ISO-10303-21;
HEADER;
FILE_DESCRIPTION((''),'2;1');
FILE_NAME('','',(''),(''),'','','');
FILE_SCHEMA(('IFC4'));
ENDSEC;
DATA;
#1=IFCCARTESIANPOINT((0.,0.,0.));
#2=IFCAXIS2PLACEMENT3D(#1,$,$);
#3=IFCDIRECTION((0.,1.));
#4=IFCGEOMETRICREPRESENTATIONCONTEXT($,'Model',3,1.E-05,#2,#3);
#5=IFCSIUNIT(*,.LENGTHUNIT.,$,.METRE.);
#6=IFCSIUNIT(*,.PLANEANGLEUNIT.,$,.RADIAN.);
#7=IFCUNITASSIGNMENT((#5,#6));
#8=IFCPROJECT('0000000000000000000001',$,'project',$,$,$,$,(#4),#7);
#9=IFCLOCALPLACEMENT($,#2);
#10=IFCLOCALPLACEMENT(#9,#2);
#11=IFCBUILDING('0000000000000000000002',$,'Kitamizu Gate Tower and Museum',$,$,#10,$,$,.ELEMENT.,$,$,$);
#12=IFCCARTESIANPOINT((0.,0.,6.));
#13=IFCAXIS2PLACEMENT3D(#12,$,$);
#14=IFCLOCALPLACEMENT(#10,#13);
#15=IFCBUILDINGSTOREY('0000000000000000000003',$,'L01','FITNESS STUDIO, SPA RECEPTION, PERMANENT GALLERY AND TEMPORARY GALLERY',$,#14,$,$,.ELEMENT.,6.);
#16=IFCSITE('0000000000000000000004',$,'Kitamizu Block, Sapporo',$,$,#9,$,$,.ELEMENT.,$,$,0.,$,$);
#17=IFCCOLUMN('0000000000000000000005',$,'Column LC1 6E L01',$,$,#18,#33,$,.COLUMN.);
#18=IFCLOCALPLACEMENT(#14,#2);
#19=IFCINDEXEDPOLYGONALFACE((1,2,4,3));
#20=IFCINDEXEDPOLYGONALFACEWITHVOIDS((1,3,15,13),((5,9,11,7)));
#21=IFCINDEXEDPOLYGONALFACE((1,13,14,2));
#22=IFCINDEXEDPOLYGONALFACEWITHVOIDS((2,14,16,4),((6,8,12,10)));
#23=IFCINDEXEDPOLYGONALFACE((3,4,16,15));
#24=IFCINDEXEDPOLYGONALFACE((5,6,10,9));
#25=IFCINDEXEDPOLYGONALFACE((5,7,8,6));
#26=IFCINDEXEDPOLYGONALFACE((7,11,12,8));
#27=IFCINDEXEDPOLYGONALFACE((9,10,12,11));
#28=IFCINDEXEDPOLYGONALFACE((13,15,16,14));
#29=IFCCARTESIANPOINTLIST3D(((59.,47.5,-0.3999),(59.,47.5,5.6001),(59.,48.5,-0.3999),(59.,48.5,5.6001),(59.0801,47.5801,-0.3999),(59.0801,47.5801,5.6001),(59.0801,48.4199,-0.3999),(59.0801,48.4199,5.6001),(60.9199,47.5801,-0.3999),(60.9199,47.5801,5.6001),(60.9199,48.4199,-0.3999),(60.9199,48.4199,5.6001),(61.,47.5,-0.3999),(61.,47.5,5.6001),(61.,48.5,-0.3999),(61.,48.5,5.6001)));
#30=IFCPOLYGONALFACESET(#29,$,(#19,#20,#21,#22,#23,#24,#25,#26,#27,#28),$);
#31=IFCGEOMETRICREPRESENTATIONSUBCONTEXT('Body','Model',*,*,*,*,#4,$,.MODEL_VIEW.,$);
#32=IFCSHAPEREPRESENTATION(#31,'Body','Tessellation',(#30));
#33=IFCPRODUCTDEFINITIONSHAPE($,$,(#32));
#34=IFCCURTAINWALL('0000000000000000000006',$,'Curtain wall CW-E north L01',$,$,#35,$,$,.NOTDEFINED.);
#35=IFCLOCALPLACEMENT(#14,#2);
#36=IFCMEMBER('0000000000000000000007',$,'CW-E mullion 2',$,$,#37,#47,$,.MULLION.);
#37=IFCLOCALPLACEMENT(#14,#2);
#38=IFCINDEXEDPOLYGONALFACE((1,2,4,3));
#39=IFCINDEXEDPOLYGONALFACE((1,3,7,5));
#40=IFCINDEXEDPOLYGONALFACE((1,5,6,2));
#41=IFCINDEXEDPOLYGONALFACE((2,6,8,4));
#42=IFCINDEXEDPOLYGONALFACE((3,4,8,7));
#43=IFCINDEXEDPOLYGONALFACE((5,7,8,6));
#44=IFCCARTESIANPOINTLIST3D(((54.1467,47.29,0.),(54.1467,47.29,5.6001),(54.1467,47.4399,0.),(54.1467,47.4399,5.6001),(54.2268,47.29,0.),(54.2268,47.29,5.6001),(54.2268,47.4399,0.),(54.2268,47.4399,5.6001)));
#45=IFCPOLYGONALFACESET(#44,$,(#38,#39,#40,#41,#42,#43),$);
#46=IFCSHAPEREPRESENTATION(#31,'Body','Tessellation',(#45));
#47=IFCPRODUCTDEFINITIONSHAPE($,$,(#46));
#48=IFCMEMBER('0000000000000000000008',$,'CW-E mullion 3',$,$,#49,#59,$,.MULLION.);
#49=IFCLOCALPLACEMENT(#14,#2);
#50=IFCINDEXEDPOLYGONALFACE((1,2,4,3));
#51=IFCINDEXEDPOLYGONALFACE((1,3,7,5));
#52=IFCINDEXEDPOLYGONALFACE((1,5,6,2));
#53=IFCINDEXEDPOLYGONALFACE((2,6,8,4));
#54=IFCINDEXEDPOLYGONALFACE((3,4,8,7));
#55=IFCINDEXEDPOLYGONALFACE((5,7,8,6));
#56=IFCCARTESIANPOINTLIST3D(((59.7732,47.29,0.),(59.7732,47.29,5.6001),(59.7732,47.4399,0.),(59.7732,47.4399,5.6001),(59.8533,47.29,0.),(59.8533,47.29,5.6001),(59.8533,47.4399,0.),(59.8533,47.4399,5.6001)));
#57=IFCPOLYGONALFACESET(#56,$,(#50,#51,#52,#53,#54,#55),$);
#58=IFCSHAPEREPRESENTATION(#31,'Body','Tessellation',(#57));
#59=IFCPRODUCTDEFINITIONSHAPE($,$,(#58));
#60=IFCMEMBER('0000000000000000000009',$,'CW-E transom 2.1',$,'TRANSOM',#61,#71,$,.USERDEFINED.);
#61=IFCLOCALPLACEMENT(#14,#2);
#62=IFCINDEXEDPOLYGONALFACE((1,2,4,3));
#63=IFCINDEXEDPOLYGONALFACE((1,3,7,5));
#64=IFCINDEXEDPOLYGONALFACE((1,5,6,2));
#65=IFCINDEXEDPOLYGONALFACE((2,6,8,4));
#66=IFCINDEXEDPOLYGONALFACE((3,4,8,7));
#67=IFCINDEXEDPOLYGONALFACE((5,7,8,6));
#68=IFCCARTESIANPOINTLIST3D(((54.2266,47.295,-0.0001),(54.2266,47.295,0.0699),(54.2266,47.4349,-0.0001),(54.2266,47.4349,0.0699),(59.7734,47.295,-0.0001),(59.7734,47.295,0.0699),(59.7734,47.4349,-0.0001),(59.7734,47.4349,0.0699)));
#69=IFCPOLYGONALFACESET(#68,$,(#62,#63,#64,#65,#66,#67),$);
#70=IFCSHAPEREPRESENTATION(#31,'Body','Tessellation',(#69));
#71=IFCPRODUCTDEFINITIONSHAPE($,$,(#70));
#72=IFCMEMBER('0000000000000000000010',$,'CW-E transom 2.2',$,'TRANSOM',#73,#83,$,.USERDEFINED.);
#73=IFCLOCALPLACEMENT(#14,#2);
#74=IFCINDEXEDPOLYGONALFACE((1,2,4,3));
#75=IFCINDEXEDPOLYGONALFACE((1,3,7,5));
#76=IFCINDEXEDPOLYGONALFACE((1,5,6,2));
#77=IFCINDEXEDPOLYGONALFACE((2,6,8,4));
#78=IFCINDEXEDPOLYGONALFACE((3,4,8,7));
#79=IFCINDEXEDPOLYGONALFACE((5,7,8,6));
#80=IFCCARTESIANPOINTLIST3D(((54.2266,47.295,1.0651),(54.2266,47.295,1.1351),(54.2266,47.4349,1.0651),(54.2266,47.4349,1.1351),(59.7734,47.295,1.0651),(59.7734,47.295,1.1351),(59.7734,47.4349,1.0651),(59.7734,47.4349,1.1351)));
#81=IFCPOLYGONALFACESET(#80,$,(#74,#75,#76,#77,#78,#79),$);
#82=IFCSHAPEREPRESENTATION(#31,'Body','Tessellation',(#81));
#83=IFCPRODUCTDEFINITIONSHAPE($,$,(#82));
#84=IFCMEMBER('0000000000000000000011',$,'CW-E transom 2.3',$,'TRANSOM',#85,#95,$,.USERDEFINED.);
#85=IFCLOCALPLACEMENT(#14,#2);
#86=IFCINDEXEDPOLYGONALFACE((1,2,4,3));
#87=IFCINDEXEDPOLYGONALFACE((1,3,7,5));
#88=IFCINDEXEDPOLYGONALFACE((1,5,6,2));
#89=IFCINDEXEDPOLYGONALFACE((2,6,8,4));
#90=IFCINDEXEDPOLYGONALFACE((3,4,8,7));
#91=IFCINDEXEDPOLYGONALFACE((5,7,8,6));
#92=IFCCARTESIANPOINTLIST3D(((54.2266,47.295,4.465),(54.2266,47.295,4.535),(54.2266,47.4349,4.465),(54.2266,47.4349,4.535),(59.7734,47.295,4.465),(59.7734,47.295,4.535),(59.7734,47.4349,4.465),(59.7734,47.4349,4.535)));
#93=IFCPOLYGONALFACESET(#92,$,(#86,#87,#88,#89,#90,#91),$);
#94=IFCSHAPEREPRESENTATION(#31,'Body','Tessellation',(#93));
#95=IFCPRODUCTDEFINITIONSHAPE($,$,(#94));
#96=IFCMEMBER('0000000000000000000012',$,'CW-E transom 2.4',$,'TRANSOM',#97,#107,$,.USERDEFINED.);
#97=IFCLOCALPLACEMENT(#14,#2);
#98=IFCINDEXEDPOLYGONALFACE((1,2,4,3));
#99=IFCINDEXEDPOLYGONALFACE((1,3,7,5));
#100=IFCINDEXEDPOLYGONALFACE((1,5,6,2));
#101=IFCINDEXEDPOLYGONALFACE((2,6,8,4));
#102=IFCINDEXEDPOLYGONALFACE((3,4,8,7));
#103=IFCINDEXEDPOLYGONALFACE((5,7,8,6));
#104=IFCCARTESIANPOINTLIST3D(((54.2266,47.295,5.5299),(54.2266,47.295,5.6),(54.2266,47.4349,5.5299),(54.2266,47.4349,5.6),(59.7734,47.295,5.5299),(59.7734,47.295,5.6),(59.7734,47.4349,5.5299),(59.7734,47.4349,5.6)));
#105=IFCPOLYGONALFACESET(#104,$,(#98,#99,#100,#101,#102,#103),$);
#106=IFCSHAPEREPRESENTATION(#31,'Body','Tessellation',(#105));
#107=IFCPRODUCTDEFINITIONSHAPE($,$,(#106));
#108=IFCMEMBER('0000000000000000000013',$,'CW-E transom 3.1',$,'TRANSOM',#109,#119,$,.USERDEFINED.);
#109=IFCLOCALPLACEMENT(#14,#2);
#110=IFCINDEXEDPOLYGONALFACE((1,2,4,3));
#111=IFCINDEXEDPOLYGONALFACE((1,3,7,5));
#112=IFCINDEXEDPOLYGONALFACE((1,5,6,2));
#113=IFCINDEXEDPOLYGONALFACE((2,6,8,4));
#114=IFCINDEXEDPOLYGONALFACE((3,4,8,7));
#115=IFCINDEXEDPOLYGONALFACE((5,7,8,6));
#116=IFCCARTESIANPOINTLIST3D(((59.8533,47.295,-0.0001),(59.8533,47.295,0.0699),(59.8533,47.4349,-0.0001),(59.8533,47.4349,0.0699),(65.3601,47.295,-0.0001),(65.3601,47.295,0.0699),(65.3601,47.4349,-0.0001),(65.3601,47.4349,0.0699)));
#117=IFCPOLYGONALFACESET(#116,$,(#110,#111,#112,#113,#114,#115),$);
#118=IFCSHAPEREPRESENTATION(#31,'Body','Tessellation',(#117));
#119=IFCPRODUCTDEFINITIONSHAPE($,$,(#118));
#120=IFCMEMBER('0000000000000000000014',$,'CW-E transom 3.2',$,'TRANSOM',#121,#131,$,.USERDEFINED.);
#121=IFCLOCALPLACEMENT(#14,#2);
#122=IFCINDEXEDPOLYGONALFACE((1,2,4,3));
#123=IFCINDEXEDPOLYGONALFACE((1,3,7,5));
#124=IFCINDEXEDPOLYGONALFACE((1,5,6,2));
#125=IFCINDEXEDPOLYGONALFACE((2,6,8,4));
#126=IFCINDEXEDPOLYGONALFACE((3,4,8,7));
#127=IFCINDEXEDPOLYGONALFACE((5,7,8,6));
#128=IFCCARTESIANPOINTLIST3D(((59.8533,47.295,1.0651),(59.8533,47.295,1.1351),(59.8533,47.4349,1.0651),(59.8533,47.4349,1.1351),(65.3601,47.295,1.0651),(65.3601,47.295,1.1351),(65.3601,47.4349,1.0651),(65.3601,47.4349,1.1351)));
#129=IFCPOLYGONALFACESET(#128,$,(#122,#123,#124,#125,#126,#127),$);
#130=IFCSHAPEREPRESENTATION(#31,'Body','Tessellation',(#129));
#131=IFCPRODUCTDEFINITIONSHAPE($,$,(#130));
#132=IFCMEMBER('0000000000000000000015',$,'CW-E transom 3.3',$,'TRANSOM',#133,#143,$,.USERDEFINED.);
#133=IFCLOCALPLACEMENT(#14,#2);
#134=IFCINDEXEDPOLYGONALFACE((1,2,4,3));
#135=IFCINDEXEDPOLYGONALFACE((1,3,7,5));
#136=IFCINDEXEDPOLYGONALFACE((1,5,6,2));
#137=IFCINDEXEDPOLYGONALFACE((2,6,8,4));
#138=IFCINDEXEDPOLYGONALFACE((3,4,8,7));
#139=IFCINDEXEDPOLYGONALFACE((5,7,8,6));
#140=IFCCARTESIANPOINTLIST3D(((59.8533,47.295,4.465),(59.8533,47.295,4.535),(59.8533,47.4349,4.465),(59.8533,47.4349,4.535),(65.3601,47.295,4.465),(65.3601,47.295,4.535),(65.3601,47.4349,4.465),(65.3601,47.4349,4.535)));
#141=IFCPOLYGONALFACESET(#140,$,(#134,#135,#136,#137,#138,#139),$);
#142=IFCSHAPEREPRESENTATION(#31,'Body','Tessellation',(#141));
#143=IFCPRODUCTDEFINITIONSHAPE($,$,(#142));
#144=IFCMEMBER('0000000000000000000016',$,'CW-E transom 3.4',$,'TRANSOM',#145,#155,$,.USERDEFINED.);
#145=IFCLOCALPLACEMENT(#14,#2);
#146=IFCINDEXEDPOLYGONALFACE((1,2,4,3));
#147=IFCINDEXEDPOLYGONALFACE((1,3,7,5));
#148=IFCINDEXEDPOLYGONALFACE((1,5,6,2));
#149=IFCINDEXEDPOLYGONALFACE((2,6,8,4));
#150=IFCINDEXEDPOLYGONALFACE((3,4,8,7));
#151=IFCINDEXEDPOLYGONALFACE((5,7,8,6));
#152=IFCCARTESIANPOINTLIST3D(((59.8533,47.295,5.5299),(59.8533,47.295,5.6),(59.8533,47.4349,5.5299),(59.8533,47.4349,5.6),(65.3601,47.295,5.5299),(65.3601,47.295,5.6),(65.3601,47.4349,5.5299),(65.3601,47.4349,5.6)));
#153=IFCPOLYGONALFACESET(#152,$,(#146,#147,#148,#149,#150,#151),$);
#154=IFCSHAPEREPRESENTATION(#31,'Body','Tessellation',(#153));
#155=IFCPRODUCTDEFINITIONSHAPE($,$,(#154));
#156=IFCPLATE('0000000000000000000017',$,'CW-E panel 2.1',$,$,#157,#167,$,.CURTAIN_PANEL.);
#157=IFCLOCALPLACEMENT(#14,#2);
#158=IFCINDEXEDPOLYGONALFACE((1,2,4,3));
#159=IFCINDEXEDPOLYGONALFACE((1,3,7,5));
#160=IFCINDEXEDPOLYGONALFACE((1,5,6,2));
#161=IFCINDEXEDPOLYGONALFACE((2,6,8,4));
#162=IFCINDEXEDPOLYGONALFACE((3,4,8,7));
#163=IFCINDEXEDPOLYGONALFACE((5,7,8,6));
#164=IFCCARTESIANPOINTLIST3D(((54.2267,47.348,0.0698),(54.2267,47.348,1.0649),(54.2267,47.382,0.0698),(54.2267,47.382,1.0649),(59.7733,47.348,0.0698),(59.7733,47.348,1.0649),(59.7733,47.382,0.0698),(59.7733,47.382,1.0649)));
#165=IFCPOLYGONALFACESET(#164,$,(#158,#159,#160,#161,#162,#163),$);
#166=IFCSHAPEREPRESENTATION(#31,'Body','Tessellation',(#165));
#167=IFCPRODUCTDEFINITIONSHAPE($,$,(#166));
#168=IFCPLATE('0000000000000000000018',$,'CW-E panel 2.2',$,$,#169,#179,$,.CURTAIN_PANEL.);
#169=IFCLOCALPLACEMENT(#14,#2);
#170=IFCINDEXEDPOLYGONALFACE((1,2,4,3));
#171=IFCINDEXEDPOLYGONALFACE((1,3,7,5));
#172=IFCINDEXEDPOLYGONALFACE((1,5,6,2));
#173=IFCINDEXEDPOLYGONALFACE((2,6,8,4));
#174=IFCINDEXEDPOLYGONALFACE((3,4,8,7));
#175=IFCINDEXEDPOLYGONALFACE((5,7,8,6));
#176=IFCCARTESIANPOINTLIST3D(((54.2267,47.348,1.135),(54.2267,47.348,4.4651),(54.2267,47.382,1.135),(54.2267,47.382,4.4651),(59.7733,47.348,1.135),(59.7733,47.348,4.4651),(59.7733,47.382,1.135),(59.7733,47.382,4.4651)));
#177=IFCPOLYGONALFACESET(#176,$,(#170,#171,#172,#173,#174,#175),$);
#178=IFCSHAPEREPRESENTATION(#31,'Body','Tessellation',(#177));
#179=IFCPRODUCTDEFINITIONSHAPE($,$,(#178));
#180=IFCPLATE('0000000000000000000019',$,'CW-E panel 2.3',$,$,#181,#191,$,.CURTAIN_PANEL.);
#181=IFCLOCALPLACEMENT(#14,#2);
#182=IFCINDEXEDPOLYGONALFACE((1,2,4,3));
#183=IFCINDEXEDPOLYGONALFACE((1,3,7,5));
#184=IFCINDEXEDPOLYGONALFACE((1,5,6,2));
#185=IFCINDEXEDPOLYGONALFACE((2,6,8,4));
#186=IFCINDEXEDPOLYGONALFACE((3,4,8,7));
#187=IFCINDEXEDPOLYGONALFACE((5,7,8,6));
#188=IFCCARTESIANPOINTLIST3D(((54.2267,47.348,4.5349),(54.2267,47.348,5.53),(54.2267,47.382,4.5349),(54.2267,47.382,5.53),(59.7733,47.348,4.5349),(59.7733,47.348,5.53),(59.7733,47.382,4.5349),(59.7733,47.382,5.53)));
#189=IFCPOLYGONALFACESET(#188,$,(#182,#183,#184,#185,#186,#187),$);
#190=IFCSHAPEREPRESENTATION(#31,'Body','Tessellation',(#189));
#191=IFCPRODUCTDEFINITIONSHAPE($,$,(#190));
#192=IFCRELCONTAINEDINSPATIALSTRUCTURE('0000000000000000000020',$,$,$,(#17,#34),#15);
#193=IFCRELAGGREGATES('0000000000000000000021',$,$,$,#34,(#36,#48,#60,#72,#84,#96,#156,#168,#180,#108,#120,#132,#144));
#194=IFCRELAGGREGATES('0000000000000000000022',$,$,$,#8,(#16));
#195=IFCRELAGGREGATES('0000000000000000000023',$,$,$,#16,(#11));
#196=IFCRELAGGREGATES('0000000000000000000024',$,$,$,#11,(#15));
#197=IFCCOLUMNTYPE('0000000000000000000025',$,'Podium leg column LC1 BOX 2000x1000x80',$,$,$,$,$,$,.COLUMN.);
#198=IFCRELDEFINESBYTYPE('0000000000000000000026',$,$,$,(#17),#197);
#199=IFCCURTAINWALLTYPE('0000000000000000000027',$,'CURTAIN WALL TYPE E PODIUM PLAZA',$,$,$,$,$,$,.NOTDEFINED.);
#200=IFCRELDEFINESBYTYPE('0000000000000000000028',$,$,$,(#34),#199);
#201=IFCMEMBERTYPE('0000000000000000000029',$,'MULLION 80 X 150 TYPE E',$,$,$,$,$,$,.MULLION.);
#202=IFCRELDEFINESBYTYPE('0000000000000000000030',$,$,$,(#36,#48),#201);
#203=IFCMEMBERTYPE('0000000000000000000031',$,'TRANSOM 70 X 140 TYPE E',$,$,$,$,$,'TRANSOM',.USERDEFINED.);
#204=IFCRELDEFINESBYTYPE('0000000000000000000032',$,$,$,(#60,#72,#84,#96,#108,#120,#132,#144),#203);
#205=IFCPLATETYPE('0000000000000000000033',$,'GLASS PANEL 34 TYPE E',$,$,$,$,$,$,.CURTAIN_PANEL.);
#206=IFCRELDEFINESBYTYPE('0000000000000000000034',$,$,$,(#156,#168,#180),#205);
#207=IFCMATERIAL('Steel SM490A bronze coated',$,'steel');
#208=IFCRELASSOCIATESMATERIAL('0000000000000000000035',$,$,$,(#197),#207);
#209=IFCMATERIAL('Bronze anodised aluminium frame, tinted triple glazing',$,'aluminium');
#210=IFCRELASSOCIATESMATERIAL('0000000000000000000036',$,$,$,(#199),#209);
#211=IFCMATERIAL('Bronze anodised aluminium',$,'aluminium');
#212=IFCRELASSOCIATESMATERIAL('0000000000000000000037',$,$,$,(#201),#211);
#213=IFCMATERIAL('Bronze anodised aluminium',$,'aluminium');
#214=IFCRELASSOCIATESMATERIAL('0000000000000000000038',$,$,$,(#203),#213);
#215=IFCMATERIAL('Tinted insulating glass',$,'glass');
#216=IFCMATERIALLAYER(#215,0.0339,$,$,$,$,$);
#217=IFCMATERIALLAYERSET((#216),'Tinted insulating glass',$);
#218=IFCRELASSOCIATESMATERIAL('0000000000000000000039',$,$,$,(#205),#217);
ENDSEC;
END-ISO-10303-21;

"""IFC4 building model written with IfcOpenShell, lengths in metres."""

from ifc_helpers import new_model, si_unit, direction, frame, origin, origin_2d, place, context, subcontext, project, spatial, rectangle, hollow_rectangle, extrude, material, layer, layer_set, material_profile, profile_set, type_object, element, aggregate, save


model = new_model("IFC4")

# Units and contexts
model_context = context("Model", 3, precision=1e-05, world=origin(), true_north=direction((0.0, 1.0)))
body_context = subcontext(model_context, "Body", "Model", "MODEL_VIEW")
ifc_project = project(units=[si_unit("LENGTHUNIT", "METRE"), si_unit("PLANEANGLEUNIT", "RADIAN")], contexts=[model_context])

# Site, building, storey
site_placement = place(None, origin())
site = spatial("IfcSite", under=ifc_project, at=site_placement, Name="Kitamizu Block, Sapporo", CompositionType="ELEMENT", RefElevation=0.0)
building_placement = place(site_placement, origin())
building = spatial("IfcBuilding", under=site, at=building_placement, Name="Kitamizu Gate Tower and Museum", CompositionType="ELEMENT")
storey_placement = place(building_placement, frame((0.0, 0.0, 6.0)))
storey = spatial("IfcBuildingStorey", under=building, at=storey_placement, Name="L01", Description="FITNESS STUDIO, SPA RECEPTION, PERMANENT GALLERY AND TEMPORARY GALLERY", CompositionType="ELEMENT", Elevation=6.0)

# Column
ifc_material_1 = material(Name="Steel SM490A bronze coated", Category="steel")
ifc_material_profile_1 = material_profile(ifc_material_1, hollow_rectangle(XDim=2.0, YDim=1.0, WallThickness=0.0801, at=origin_2d()), Name="BOX 2000x1000x80")
ifc_profile_set_1 = profile_set([ifc_material_profile_1], Name="Steel SM490A bronze coated")
column_type = type_object("IfcColumnType", Name="Podium leg column LC1 BOX 2000x1000x80", PredefinedType="COLUMN", material=ifc_profile_set_1)
column_placement = place(storey_placement, frame((60.0, 48.0, -0.3999), z_axis=(0.0, 0.0, 1.0), x_axis=(1.0, 0.0, 0.0)))
element("IfcColumn", 1, at=column_placement, inside=storey, type_object=column_type, Name="Column LC1 6E L01", PredefinedType="COLUMN", context=body_context, shape_type="SweptSolid", body=[
    extrude(hollow_rectangle(XDim=2.0, YDim=1.0, WallThickness=0.0801, at=origin_2d()), origin(), (0.0, 0.0, 1.0), 6.0),
])

# Curtain wall, members, plates
ifc_material_2 = material(Name="Bronze anodised aluminium frame, tinted triple glazing", Category="aluminium")
curtain_wall_type = type_object("IfcCurtainWallType", Name="CURTAIN WALL TYPE E PODIUM PLAZA", PredefinedType="NOTDEFINED", material=ifc_material_2)
curtain_wall_placement = place(storey_placement, origin())
curtain_wall = element("IfcCurtainWall", 2, at=curtain_wall_placement, inside=storey, type_object=curtain_wall_type, Name="Curtain wall CW-E north L01", PredefinedType="NOTDEFINED")
ifc_material_3 = material(Name="Bronze anodised aluminium", Category="aluminium")
ifc_material_profile_2 = material_profile(ifc_material_3, rectangle(XDim=0.0801, YDim=0.1499, at=origin_2d()), Name="AL 80X150")
ifc_profile_set_2 = profile_set([ifc_material_profile_2], Name="Bronze anodised aluminium")
member_type_1 = type_object("IfcMemberType", Name="MULLION 80 X 150 TYPE E", PredefinedType="MULLION", material=ifc_profile_set_2)
member_1_placement = place(storey_placement, frame((54.1868, 47.365, 0.0), z_axis=(0.0, 0.0, 1.0), x_axis=(1.0, 0.0, 0.0)))
member_1 = element("IfcMember", 3, at=member_1_placement, type_object=member_type_1, Name="CW-E mullion 2", PredefinedType="MULLION", context=body_context, shape_type="SweptSolid", body=[
    extrude(rectangle(XDim=0.0801, YDim=0.1499, at=origin_2d()), origin(), (0.0, 0.0, 1.0), 5.6001),
])
member_2_placement = place(storey_placement, frame((59.8132, 47.365, 0.0), z_axis=(0.0, 0.0, 1.0), x_axis=(1.0, 0.0, 0.0)))
member_2 = element("IfcMember", 4, at=member_2_placement, type_object=member_type_1, Name="CW-E mullion 3", PredefinedType="MULLION", context=body_context, shape_type="SweptSolid", body=[
    extrude(rectangle(XDim=0.0801, YDim=0.1499, at=origin_2d()), origin(), (0.0, 0.0, 1.0), 5.6001),
])
ifc_material_4 = material(Name="Bronze anodised aluminium", Category="aluminium")
ifc_material_profile_3 = material_profile(ifc_material_4, rectangle(XDim=0.1399, YDim=0.0701, at=origin_2d()), Name="AL 70X140")
ifc_profile_set_3 = profile_set([ifc_material_profile_3], Name="Bronze anodised aluminium")
member_type_2 = type_object("IfcMemberType", Name="TRANSOM 70 X 140 TYPE E", ElementType="TRANSOM", PredefinedType="USERDEFINED", material=ifc_profile_set_3)
member_3_placement = place(storey_placement, frame((54.2266, 47.365, 0.0349), z_axis=(1.0, 0.0, 0.0), x_axis=(0.0, 1.0, 0.0)))
member_3 = element("IfcMember", 5, at=member_3_placement, type_object=member_type_2, Name="CW-E transom 2.1", ObjectType="TRANSOM", PredefinedType="USERDEFINED", context=body_context, shape_type="SweptSolid", body=[
    extrude(rectangle(XDim=0.1399, YDim=0.0701, at=origin_2d()), origin(), (0.0, 0.0, 1.0), 5.5469),
])
member_4_placement = place(storey_placement, frame((54.2266, 47.365, 1.1001), z_axis=(1.0, 0.0, 0.0), x_axis=(0.0, 1.0, 0.0)))
member_4 = element("IfcMember", 6, at=member_4_placement, type_object=member_type_2, Name="CW-E transom 2.2", ObjectType="TRANSOM", PredefinedType="USERDEFINED", context=body_context, shape_type="SweptSolid", body=[
    extrude(rectangle(XDim=0.1399, YDim=0.0701, at=origin_2d()), origin(), (0.0, 0.0, 1.0), 5.5469),
])
member_5_placement = place(storey_placement, frame((54.2266, 47.365, 4.5), z_axis=(1.0, 0.0, 0.0), x_axis=(0.0, 1.0, 0.0)))
member_5 = element("IfcMember", 7, at=member_5_placement, type_object=member_type_2, Name="CW-E transom 2.3", ObjectType="TRANSOM", PredefinedType="USERDEFINED", context=body_context, shape_type="SweptSolid", body=[
    extrude(rectangle(XDim=0.1399, YDim=0.0701, at=origin_2d()), origin(), (0.0, 0.0, 1.0), 5.5469),
])
member_6_placement = place(storey_placement, frame((54.2266, 47.365, 5.5649), z_axis=(1.0, 0.0, 0.0), x_axis=(0.0, 1.0, 0.0)))
member_6 = element("IfcMember", 8, at=member_6_placement, type_object=member_type_2, Name="CW-E transom 2.4", ObjectType="TRANSOM", PredefinedType="USERDEFINED", context=body_context, shape_type="SweptSolid", body=[
    extrude(rectangle(XDim=0.1399, YDim=0.0701, at=origin_2d()), origin(), (0.0, 0.0, 1.0), 5.5469),
])
member_7_placement = place(storey_placement, frame((59.8533, 47.365, 0.0349), z_axis=(1.0, 0.0, 0.0), x_axis=(0.0, 1.0, 0.0)))
member_7 = element("IfcMember", 9, at=member_7_placement, type_object=member_type_2, Name="CW-E transom 3.1", ObjectType="TRANSOM", PredefinedType="USERDEFINED", context=body_context, shape_type="SweptSolid", body=[
    extrude(rectangle(XDim=0.1399, YDim=0.0701, at=origin_2d()), origin(), (0.0, 0.0, 1.0), 5.5068),
])
member_8_placement = place(storey_placement, frame((59.8533, 47.365, 1.1001), z_axis=(1.0, 0.0, 0.0), x_axis=(0.0, 1.0, 0.0)))
member_8 = element("IfcMember", 10, at=member_8_placement, type_object=member_type_2, Name="CW-E transom 3.2", ObjectType="TRANSOM", PredefinedType="USERDEFINED", context=body_context, shape_type="SweptSolid", body=[
    extrude(rectangle(XDim=0.1399, YDim=0.0701, at=origin_2d()), origin(), (0.0, 0.0, 1.0), 5.5068),
])
member_9_placement = place(storey_placement, frame((59.8533, 47.365, 4.5), z_axis=(1.0, 0.0, 0.0), x_axis=(0.0, 1.0, 0.0)))
member_9 = element("IfcMember", 11, at=member_9_placement, type_object=member_type_2, Name="CW-E transom 3.3", ObjectType="TRANSOM", PredefinedType="USERDEFINED", context=body_context, shape_type="SweptSolid", body=[
    extrude(rectangle(XDim=0.1399, YDim=0.0701, at=origin_2d()), origin(), (0.0, 0.0, 1.0), 5.5068),
])
member_10_placement = place(storey_placement, frame((59.8533, 47.365, 5.5649), z_axis=(1.0, 0.0, 0.0), x_axis=(0.0, 1.0, 0.0)))
member_10 = element("IfcMember", 12, at=member_10_placement, type_object=member_type_2, Name="CW-E transom 3.4", ObjectType="TRANSOM", PredefinedType="USERDEFINED", context=body_context, shape_type="SweptSolid", body=[
    extrude(rectangle(XDim=0.1399, YDim=0.0701, at=origin_2d()), origin(), (0.0, 0.0, 1.0), 5.5068),
])
ifc_material_5 = material(Name="Tinted insulating glass", Category="glass")
ifc_layer_1 = layer(ifc_material_5, 0.0339)
ifc_layer_set_1 = layer_set([ifc_layer_1], Name="Tinted insulating glass")
plate_type = type_object("IfcPlateType", Name="GLASS PANEL 34 TYPE E", PredefinedType="CURTAIN_PANEL", material=ifc_layer_set_1)
plate_1_placement = place(storey_placement, frame((57.0, 47.365, 0.0698), z_axis=(0.0, 0.0, 1.0), x_axis=(1.0, 0.0, 0.0)))
plate_1 = element("IfcPlate", 13, at=plate_1_placement, type_object=plate_type, Name="CW-E panel 2.1", PredefinedType="CURTAIN_PANEL", context=body_context, shape_type="SweptSolid", body=[
    extrude(rectangle(XDim=5.5466, YDim=0.0339, at=origin_2d()), origin(), (0.0, 0.0, 1.0), 0.9951),
])
plate_2_placement = place(storey_placement, frame((57.0, 47.365, 1.135), z_axis=(0.0, 0.0, 1.0), x_axis=(1.0, 0.0, 0.0)))
plate_2 = element("IfcPlate", 14, at=plate_2_placement, type_object=plate_type, Name="CW-E panel 2.2", PredefinedType="CURTAIN_PANEL", context=body_context, shape_type="SweptSolid", body=[
    extrude(rectangle(XDim=5.5466, YDim=0.0339, at=origin_2d()), origin(), (0.0, 0.0, 1.0), 3.3301),
])
plate_3_placement = place(storey_placement, frame((57.0, 47.365, 4.5349), z_axis=(0.0, 0.0, 1.0), x_axis=(1.0, 0.0, 0.0)))
plate_3 = element("IfcPlate", 15, at=plate_3_placement, type_object=plate_type, Name="CW-E panel 2.3", PredefinedType="CURTAIN_PANEL", context=body_context, shape_type="SweptSolid", body=[
    extrude(rectangle(XDim=5.5466, YDim=0.0339, at=origin_2d()), origin(), (0.0, 0.0, 1.0), 0.9951),
])
aggregate(curtain_wall, [member_1, member_2, member_3, member_4, member_5, member_6, plate_1, plate_2, plate_3, member_7, member_8, member_9, member_10])

save(model, "model.ifc")
